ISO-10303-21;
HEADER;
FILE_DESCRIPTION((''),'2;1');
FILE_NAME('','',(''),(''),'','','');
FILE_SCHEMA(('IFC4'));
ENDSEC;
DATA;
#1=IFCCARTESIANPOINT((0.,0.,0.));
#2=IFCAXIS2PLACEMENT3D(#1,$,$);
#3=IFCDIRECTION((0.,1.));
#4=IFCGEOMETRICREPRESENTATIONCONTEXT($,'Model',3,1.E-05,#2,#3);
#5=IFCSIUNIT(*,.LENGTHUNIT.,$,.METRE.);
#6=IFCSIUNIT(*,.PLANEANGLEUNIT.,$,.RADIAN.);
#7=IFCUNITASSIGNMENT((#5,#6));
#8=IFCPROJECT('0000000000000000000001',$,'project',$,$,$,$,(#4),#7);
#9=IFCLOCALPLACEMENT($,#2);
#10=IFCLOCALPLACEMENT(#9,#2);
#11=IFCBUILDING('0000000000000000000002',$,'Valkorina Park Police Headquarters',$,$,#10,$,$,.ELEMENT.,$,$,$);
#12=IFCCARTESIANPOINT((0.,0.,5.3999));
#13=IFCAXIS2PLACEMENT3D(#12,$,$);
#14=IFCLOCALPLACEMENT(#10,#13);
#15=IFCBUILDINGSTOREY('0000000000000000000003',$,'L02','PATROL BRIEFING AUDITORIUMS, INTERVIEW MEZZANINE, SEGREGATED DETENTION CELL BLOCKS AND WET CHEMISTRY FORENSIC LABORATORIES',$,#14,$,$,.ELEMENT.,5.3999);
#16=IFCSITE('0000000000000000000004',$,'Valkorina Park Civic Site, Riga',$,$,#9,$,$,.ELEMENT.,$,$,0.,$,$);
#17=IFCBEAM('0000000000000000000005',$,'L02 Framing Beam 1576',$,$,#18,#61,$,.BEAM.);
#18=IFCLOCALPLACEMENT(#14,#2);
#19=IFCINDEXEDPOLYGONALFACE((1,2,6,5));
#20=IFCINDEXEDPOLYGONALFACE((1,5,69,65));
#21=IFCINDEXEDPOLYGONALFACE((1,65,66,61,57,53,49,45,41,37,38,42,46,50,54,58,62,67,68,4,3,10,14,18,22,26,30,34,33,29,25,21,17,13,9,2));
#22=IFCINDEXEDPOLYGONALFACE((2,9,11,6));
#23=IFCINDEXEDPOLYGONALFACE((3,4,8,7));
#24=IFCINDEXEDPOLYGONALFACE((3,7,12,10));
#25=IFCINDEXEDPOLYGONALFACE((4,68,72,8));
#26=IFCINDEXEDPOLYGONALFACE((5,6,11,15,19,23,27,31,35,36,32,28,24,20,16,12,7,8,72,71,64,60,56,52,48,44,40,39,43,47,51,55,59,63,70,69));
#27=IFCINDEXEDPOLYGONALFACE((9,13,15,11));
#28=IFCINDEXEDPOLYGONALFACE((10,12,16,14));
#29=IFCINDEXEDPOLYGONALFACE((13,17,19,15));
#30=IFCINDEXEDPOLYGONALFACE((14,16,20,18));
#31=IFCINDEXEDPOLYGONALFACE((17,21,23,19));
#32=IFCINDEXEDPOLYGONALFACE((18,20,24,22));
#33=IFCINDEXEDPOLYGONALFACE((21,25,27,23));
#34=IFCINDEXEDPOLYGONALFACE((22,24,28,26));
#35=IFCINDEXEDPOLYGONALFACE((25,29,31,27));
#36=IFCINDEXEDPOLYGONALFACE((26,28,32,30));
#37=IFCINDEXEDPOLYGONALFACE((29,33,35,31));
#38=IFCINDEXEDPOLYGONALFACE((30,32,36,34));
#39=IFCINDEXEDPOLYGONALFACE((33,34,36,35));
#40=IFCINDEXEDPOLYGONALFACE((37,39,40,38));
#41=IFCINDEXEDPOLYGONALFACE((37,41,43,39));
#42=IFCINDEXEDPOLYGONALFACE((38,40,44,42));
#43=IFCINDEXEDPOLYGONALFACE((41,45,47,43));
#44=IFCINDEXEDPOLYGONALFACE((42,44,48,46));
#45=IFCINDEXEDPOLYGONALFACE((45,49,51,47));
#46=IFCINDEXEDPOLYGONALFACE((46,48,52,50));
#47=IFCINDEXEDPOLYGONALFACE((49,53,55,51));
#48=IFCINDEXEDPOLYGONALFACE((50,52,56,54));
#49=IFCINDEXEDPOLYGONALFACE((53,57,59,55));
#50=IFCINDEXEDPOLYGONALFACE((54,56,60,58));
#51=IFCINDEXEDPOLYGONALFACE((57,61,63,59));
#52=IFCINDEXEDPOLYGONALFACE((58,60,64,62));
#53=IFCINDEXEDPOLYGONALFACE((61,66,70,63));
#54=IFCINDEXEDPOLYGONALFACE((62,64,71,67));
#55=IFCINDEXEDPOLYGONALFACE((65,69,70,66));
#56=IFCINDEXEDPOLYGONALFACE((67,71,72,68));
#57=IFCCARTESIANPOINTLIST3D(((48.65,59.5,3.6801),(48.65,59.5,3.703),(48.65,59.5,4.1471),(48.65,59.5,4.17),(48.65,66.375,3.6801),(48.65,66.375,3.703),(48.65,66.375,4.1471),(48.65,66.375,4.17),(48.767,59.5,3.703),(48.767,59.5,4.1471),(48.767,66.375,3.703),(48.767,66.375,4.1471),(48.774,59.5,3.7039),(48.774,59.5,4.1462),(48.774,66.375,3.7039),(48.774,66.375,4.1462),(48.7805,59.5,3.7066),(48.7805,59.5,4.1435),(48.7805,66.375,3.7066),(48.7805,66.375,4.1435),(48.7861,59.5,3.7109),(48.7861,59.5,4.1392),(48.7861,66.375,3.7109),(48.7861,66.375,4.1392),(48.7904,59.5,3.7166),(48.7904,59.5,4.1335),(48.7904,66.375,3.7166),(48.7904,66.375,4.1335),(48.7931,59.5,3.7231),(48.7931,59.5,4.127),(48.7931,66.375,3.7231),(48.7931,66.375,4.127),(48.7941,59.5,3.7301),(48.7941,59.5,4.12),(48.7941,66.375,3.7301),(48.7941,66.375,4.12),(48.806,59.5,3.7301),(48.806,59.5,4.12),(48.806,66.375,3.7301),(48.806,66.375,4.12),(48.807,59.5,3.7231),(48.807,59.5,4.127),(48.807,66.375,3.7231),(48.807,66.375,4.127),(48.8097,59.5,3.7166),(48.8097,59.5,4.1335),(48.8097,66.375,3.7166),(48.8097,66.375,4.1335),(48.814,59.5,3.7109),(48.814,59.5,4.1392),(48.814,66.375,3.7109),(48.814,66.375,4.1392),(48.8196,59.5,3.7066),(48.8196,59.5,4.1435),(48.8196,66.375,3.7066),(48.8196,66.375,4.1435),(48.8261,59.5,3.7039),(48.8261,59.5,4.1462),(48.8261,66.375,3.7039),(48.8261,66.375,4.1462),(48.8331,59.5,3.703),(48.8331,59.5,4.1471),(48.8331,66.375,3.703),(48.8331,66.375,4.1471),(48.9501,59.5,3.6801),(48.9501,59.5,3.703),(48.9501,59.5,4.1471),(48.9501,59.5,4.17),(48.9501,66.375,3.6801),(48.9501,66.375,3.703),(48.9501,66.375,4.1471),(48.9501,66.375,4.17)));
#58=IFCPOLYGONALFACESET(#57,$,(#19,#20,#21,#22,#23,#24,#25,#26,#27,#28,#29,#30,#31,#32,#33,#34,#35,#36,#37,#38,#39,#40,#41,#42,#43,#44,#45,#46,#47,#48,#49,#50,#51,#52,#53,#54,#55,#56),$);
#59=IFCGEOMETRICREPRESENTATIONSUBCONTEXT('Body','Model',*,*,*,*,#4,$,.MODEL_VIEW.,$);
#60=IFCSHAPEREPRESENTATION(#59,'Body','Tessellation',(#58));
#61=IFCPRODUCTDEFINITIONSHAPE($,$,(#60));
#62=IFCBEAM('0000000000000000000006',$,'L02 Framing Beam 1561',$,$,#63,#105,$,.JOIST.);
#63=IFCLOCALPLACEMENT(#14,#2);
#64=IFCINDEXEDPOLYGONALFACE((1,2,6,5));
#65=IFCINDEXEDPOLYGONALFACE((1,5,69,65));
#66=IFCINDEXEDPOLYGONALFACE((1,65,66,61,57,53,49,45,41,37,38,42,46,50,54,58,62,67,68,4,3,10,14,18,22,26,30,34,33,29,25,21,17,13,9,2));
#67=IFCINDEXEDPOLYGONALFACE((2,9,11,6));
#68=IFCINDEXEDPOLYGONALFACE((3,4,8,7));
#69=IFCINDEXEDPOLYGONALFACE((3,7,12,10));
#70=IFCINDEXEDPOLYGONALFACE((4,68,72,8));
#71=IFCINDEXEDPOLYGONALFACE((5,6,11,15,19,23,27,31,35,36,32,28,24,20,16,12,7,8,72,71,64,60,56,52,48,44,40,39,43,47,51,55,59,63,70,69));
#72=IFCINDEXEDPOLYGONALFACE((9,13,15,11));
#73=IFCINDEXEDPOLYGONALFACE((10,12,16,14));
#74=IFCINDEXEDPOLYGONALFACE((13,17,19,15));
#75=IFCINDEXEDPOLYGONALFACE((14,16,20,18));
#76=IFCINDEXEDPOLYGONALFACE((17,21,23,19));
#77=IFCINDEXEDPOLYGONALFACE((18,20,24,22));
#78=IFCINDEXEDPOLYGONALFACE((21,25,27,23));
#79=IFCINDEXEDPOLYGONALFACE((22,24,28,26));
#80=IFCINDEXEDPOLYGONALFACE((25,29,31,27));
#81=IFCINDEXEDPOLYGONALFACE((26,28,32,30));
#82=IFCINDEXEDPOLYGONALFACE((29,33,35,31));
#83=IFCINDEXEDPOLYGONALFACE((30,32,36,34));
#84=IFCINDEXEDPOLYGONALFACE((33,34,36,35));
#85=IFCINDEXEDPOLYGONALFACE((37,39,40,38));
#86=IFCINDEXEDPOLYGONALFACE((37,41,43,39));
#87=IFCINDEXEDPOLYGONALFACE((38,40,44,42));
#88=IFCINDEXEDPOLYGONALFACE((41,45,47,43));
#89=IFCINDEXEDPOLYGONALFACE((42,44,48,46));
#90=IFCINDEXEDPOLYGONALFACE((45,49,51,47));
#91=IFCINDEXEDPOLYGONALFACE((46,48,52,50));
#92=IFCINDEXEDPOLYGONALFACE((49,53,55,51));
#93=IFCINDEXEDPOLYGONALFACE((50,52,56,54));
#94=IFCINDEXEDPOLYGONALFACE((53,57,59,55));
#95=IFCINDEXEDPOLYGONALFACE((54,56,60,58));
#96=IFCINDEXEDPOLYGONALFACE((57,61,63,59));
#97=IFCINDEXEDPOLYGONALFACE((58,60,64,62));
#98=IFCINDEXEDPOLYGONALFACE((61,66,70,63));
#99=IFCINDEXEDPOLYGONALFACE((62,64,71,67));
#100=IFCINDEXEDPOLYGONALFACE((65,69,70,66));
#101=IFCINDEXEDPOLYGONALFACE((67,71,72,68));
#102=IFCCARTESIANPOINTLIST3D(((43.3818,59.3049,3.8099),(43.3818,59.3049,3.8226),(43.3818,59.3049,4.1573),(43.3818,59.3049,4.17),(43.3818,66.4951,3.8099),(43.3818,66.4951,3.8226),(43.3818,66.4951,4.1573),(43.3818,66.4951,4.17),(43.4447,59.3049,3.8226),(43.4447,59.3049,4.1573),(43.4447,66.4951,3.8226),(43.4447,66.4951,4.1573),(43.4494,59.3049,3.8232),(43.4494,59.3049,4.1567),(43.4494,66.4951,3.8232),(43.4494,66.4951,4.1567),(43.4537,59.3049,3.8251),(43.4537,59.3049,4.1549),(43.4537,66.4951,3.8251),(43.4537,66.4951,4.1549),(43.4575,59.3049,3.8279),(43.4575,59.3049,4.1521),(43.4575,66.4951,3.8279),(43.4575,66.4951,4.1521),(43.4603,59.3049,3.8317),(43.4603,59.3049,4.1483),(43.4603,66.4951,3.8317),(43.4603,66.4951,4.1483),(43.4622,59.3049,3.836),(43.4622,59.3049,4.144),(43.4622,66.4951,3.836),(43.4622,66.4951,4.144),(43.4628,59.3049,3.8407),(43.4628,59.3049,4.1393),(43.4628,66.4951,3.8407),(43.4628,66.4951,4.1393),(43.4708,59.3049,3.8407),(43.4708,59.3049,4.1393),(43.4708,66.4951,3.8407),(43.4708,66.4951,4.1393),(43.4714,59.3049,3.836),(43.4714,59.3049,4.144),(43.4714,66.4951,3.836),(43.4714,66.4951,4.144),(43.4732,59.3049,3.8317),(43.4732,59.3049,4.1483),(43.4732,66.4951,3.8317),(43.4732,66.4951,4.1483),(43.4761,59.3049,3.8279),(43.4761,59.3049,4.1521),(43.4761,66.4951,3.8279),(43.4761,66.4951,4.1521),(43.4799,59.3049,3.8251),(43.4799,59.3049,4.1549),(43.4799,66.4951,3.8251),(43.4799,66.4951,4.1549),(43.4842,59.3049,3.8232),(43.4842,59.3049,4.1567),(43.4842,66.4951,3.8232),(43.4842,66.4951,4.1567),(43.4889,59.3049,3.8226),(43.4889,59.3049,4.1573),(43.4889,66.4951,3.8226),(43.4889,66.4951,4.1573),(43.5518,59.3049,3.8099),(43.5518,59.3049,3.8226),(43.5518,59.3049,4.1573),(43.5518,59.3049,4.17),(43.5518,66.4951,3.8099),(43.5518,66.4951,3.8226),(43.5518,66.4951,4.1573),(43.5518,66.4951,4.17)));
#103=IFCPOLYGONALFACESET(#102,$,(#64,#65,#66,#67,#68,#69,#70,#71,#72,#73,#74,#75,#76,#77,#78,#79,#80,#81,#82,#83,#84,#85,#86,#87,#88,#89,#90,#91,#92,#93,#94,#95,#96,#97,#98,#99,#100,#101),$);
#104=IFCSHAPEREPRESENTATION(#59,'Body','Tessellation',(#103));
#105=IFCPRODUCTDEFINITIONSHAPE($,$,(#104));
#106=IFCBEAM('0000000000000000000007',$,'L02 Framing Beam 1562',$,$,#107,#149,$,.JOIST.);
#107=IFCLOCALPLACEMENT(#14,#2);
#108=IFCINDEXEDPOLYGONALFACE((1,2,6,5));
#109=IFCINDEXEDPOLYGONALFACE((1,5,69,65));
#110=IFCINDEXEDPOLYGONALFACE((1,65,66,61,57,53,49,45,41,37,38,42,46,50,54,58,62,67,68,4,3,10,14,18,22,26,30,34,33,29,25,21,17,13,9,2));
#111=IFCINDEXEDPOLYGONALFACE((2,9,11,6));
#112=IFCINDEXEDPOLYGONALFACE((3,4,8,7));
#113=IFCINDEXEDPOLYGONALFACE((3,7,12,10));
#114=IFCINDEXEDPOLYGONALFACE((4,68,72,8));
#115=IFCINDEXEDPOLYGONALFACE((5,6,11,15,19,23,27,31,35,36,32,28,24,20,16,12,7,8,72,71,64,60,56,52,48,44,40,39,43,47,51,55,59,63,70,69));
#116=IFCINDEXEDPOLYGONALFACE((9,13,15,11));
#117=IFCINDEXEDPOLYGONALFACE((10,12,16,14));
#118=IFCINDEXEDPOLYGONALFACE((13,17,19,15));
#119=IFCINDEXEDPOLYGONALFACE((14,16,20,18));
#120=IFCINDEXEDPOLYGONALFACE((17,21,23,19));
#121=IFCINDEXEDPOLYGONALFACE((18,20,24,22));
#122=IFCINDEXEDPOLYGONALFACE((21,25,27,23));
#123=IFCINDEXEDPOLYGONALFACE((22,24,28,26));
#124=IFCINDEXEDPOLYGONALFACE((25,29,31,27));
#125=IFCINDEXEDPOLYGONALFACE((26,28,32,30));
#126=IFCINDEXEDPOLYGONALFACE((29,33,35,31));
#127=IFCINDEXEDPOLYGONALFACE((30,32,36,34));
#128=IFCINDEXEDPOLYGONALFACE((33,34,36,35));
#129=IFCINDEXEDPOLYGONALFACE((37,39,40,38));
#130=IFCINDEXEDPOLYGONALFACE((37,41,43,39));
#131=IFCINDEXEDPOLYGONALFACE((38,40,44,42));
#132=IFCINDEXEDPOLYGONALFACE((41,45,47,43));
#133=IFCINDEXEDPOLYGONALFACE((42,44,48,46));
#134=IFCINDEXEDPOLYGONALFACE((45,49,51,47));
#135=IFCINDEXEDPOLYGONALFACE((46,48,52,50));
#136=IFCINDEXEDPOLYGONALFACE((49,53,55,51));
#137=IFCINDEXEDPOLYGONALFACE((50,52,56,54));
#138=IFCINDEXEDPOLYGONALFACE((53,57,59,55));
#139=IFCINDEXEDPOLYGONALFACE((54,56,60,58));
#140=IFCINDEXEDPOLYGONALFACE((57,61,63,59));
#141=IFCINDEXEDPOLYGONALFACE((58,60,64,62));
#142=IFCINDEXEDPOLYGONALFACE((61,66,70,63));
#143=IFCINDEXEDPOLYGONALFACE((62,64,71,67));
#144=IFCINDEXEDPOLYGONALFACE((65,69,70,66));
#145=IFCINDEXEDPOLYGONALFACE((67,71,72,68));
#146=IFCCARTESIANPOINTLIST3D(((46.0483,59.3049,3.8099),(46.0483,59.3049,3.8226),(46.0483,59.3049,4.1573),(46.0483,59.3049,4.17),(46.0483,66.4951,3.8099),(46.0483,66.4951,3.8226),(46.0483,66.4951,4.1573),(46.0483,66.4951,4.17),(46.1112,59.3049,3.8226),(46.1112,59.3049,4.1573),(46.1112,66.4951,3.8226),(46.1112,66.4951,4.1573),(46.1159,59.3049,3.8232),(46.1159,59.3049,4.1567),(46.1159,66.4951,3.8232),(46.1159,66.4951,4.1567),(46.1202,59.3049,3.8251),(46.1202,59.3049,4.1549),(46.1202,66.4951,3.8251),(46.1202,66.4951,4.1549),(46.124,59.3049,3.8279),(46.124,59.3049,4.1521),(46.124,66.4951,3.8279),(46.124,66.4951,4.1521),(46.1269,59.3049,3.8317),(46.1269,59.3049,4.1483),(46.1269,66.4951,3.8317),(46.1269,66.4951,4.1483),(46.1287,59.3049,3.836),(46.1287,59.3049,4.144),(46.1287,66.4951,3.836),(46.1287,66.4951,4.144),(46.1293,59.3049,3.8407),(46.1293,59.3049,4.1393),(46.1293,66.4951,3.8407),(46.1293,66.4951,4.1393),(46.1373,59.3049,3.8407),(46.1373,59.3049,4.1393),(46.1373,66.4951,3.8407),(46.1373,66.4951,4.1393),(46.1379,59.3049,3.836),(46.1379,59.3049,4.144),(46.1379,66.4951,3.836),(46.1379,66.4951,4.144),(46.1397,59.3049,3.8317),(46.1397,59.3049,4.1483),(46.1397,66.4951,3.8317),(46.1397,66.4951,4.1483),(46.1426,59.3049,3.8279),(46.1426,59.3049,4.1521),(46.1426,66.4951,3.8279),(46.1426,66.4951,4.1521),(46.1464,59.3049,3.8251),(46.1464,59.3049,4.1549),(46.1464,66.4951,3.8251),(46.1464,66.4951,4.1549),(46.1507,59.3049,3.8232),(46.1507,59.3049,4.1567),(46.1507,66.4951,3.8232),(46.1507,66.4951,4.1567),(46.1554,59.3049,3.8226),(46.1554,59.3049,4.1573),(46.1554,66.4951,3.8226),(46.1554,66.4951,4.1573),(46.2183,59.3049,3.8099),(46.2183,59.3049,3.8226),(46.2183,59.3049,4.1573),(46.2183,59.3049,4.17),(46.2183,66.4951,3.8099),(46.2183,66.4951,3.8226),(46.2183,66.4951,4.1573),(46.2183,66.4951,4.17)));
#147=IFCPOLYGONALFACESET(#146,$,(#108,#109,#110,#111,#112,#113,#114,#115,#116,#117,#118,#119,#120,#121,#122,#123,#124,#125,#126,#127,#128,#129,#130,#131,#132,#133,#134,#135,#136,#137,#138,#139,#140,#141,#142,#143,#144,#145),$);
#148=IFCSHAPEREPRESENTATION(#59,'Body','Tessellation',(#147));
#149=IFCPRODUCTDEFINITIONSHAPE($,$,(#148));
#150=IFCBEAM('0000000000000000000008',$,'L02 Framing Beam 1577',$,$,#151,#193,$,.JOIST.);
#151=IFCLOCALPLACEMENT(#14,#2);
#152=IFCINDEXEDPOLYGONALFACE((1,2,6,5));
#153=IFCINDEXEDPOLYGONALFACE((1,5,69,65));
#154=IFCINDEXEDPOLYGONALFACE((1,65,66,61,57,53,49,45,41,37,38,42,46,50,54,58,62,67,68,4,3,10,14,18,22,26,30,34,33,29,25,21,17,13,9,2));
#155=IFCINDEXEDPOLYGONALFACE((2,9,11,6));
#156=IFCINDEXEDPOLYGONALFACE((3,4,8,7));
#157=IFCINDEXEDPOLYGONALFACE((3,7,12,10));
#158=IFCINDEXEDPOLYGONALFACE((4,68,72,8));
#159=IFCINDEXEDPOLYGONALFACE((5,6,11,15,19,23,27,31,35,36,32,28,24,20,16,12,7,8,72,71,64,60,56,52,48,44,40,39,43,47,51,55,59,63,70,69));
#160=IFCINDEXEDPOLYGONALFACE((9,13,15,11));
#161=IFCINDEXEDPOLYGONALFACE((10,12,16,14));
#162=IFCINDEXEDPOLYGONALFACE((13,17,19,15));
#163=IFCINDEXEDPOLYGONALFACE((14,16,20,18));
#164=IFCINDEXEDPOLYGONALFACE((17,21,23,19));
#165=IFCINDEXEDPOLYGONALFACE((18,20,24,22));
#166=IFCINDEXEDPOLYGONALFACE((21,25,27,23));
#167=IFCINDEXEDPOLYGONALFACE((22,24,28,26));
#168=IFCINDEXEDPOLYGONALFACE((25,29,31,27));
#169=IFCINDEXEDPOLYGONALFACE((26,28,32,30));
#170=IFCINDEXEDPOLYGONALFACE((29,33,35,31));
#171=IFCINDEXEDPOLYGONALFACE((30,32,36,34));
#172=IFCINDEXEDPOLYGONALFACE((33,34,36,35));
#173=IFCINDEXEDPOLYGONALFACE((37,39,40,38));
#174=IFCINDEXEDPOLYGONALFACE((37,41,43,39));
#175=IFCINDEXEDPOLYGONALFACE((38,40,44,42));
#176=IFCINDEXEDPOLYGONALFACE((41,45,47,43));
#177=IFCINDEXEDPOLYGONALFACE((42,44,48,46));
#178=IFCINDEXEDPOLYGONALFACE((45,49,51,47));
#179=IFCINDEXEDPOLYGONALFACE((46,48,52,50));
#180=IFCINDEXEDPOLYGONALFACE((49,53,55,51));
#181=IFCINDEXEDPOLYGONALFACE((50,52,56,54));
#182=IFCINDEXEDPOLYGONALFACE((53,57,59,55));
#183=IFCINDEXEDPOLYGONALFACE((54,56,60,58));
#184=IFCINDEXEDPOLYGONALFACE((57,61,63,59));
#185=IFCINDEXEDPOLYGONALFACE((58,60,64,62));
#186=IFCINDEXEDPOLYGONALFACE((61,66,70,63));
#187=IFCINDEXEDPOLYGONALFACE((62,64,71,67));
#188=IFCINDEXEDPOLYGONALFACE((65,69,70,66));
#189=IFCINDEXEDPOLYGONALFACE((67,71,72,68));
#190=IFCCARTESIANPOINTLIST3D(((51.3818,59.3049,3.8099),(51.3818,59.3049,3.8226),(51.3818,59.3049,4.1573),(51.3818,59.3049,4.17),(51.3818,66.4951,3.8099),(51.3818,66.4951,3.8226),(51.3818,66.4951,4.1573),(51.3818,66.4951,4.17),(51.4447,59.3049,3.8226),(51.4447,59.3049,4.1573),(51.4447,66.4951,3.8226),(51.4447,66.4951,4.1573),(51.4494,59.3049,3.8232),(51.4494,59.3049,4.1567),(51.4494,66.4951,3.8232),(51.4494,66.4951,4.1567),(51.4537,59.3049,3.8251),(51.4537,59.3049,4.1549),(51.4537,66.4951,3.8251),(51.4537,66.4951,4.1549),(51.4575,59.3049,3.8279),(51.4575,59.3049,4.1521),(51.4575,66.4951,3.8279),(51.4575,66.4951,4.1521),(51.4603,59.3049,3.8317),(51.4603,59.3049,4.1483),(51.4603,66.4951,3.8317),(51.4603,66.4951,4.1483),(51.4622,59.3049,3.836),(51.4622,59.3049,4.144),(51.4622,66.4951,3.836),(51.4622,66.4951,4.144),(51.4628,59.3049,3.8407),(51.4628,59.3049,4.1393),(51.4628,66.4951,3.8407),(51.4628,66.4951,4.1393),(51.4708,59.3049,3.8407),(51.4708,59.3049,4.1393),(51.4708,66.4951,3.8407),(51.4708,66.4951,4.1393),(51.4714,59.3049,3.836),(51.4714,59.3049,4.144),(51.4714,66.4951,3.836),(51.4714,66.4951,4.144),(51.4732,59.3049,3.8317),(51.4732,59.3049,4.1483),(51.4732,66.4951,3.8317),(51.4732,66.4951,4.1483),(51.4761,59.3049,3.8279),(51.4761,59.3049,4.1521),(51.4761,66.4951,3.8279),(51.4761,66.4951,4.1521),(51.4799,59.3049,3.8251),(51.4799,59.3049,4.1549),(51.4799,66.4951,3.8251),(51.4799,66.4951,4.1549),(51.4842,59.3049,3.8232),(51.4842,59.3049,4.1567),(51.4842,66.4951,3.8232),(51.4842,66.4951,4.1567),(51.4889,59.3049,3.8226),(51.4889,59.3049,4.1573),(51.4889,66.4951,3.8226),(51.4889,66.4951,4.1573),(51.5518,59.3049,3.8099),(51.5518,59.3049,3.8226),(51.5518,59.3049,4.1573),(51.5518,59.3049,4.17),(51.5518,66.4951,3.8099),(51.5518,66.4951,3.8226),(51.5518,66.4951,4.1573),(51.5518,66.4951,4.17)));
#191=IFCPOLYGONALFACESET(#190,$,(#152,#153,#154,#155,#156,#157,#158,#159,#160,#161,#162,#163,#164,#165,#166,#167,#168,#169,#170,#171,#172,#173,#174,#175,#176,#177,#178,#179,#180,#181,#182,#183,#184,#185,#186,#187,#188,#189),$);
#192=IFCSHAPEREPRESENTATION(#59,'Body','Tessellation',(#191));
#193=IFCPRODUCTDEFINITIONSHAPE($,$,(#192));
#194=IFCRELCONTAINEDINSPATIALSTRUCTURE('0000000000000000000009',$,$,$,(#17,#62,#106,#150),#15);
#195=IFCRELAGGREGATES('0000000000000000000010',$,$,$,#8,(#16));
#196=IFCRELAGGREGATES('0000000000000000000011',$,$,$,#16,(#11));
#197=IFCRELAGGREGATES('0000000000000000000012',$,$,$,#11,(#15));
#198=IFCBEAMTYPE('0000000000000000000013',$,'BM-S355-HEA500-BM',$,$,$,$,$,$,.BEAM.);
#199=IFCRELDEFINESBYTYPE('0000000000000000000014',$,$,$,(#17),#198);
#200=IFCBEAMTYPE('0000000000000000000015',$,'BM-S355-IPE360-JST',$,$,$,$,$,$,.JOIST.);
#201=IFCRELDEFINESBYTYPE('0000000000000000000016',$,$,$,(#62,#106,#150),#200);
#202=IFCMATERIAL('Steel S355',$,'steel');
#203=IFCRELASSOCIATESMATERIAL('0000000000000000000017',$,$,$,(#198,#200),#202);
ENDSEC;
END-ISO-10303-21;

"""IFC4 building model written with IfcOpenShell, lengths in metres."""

from ifc_helpers import new_model, si_unit, direction, frame, origin, origin_2d, place, context, subcontext, project, spatial, i_section, extrude, material, material_profile, profile_set, type_object, element, save


model = new_model("IFC4")

# Units and contexts
model_context = context("Model", 3, precision=1e-05, world=origin(), true_north=direction((0.0, 1.0)))
body_context = subcontext(model_context, "Body", "Model", "MODEL_VIEW")
ifc_project = project(units=[si_unit("LENGTHUNIT", "METRE"), si_unit("PLANEANGLEUNIT", "RADIAN")], contexts=[model_context])

# Site, building, storey
site_placement = place(None, origin())
site = spatial("IfcSite", under=ifc_project, at=site_placement, Name="Valkorina Park Civic Site, Riga", CompositionType="ELEMENT", RefElevation=0.0)
building_placement = place(site_placement, origin())
building = spatial("IfcBuilding", under=site, at=building_placement, Name="Valkorina Park Police Headquarters", CompositionType="ELEMENT")
storey_placement = place(building_placement, frame((0.0, 0.0, 5.3999)))
storey = spatial("IfcBuildingStorey", under=building, at=storey_placement, Name="L02", Description="PATROL BRIEFING AUDITORIUMS, INTERVIEW MEZZANINE, SEGREGATED DETENTION CELL BLOCKS AND WET CHEMISTRY FORENSIC LABORATORIES", CompositionType="ELEMENT", Elevation=5.3999)

# Shared definitions
ifc_material_1 = material(Name="Steel S355", Category="steel")

# Beams
ifc_material_profile_1 = material_profile(ifc_material_1, i_section(OverallWidth=0.3, OverallDepth=0.49, WebThickness=0.012, FlangeThickness=0.0229, FilletRadius=0.0271, at=origin_2d()), Name="HEA 500")
ifc_profile_set_1 = profile_set([ifc_material_profile_1], Name="Steel S355")
beam_type_1 = type_object("IfcBeamType", Name="BM-S355-HEA500-BM", PredefinedType="BEAM", material=ifc_profile_set_1)
for number, where, z_axis, x_axis, name in (
    (1, (48.8, 59.5, 3.925), (0.0, 1.0, 0.0), (-1.0, 0.0, 0.0), "L02 Framing Beam 1576"),
):
    element("IfcBeam", number, at=place(storey_placement, frame(where, z_axis=z_axis, x_axis=x_axis)), inside=storey, type_object=beam_type_1, Name=name, PredefinedType="BEAM", context=body_context, shape_type="SweptSolid", body=[
        extrude(i_section(OverallWidth=0.3, OverallDepth=0.49, WebThickness=0.012, FlangeThickness=0.0229, FilletRadius=0.0271, at=origin_2d()), origin(), (0.0, 0.0, 1.0), 6.875),
    ])
ifc_material_profile_2 = material_profile(ifc_material_1, i_section(OverallWidth=0.1699, OverallDepth=0.3601, WebThickness=0.0081, FlangeThickness=0.0127, FilletRadius=0.0181, at=origin_2d()), Name="IPE 360")
ifc_profile_set_2 = profile_set([ifc_material_profile_2], Name="Steel S355")
beam_type_2 = type_object("IfcBeamType", Name="BM-S355-IPE360-JST", PredefinedType="JOIST", material=ifc_profile_set_2)
for number, where, z_axis, x_axis, name in (
    (2, (43.4668, 59.3049, 3.99), (0.0, 1.0, 0.0), (-1.0, 0.0, 0.0), "L02 Framing Beam 1561"),
    (3, (46.1333, 59.3049, 3.99), (0.0, 1.0, 0.0), (-1.0, 0.0, 0.0), "L02 Framing Beam 1562"),
    (4, (51.4668, 59.3049, 3.99), (0.0, 1.0, 0.0), (-1.0, 0.0, 0.0), "L02 Framing Beam 1577"),
):
    element("IfcBeam", number, at=place(storey_placement, frame(where, z_axis=z_axis, x_axis=x_axis)), inside=storey, type_object=beam_type_2, Name=name, PredefinedType="JOIST", context=body_context, shape_type="SweptSolid", body=[
        extrude(i_section(OverallWidth=0.1699, OverallDepth=0.3601, WebThickness=0.0081, FlangeThickness=0.0127, FilletRadius=0.0181, at=origin_2d()), origin(), (0.0, 0.0, 1.0), 7.1902),
    ])

save(model, "model.ifc")
